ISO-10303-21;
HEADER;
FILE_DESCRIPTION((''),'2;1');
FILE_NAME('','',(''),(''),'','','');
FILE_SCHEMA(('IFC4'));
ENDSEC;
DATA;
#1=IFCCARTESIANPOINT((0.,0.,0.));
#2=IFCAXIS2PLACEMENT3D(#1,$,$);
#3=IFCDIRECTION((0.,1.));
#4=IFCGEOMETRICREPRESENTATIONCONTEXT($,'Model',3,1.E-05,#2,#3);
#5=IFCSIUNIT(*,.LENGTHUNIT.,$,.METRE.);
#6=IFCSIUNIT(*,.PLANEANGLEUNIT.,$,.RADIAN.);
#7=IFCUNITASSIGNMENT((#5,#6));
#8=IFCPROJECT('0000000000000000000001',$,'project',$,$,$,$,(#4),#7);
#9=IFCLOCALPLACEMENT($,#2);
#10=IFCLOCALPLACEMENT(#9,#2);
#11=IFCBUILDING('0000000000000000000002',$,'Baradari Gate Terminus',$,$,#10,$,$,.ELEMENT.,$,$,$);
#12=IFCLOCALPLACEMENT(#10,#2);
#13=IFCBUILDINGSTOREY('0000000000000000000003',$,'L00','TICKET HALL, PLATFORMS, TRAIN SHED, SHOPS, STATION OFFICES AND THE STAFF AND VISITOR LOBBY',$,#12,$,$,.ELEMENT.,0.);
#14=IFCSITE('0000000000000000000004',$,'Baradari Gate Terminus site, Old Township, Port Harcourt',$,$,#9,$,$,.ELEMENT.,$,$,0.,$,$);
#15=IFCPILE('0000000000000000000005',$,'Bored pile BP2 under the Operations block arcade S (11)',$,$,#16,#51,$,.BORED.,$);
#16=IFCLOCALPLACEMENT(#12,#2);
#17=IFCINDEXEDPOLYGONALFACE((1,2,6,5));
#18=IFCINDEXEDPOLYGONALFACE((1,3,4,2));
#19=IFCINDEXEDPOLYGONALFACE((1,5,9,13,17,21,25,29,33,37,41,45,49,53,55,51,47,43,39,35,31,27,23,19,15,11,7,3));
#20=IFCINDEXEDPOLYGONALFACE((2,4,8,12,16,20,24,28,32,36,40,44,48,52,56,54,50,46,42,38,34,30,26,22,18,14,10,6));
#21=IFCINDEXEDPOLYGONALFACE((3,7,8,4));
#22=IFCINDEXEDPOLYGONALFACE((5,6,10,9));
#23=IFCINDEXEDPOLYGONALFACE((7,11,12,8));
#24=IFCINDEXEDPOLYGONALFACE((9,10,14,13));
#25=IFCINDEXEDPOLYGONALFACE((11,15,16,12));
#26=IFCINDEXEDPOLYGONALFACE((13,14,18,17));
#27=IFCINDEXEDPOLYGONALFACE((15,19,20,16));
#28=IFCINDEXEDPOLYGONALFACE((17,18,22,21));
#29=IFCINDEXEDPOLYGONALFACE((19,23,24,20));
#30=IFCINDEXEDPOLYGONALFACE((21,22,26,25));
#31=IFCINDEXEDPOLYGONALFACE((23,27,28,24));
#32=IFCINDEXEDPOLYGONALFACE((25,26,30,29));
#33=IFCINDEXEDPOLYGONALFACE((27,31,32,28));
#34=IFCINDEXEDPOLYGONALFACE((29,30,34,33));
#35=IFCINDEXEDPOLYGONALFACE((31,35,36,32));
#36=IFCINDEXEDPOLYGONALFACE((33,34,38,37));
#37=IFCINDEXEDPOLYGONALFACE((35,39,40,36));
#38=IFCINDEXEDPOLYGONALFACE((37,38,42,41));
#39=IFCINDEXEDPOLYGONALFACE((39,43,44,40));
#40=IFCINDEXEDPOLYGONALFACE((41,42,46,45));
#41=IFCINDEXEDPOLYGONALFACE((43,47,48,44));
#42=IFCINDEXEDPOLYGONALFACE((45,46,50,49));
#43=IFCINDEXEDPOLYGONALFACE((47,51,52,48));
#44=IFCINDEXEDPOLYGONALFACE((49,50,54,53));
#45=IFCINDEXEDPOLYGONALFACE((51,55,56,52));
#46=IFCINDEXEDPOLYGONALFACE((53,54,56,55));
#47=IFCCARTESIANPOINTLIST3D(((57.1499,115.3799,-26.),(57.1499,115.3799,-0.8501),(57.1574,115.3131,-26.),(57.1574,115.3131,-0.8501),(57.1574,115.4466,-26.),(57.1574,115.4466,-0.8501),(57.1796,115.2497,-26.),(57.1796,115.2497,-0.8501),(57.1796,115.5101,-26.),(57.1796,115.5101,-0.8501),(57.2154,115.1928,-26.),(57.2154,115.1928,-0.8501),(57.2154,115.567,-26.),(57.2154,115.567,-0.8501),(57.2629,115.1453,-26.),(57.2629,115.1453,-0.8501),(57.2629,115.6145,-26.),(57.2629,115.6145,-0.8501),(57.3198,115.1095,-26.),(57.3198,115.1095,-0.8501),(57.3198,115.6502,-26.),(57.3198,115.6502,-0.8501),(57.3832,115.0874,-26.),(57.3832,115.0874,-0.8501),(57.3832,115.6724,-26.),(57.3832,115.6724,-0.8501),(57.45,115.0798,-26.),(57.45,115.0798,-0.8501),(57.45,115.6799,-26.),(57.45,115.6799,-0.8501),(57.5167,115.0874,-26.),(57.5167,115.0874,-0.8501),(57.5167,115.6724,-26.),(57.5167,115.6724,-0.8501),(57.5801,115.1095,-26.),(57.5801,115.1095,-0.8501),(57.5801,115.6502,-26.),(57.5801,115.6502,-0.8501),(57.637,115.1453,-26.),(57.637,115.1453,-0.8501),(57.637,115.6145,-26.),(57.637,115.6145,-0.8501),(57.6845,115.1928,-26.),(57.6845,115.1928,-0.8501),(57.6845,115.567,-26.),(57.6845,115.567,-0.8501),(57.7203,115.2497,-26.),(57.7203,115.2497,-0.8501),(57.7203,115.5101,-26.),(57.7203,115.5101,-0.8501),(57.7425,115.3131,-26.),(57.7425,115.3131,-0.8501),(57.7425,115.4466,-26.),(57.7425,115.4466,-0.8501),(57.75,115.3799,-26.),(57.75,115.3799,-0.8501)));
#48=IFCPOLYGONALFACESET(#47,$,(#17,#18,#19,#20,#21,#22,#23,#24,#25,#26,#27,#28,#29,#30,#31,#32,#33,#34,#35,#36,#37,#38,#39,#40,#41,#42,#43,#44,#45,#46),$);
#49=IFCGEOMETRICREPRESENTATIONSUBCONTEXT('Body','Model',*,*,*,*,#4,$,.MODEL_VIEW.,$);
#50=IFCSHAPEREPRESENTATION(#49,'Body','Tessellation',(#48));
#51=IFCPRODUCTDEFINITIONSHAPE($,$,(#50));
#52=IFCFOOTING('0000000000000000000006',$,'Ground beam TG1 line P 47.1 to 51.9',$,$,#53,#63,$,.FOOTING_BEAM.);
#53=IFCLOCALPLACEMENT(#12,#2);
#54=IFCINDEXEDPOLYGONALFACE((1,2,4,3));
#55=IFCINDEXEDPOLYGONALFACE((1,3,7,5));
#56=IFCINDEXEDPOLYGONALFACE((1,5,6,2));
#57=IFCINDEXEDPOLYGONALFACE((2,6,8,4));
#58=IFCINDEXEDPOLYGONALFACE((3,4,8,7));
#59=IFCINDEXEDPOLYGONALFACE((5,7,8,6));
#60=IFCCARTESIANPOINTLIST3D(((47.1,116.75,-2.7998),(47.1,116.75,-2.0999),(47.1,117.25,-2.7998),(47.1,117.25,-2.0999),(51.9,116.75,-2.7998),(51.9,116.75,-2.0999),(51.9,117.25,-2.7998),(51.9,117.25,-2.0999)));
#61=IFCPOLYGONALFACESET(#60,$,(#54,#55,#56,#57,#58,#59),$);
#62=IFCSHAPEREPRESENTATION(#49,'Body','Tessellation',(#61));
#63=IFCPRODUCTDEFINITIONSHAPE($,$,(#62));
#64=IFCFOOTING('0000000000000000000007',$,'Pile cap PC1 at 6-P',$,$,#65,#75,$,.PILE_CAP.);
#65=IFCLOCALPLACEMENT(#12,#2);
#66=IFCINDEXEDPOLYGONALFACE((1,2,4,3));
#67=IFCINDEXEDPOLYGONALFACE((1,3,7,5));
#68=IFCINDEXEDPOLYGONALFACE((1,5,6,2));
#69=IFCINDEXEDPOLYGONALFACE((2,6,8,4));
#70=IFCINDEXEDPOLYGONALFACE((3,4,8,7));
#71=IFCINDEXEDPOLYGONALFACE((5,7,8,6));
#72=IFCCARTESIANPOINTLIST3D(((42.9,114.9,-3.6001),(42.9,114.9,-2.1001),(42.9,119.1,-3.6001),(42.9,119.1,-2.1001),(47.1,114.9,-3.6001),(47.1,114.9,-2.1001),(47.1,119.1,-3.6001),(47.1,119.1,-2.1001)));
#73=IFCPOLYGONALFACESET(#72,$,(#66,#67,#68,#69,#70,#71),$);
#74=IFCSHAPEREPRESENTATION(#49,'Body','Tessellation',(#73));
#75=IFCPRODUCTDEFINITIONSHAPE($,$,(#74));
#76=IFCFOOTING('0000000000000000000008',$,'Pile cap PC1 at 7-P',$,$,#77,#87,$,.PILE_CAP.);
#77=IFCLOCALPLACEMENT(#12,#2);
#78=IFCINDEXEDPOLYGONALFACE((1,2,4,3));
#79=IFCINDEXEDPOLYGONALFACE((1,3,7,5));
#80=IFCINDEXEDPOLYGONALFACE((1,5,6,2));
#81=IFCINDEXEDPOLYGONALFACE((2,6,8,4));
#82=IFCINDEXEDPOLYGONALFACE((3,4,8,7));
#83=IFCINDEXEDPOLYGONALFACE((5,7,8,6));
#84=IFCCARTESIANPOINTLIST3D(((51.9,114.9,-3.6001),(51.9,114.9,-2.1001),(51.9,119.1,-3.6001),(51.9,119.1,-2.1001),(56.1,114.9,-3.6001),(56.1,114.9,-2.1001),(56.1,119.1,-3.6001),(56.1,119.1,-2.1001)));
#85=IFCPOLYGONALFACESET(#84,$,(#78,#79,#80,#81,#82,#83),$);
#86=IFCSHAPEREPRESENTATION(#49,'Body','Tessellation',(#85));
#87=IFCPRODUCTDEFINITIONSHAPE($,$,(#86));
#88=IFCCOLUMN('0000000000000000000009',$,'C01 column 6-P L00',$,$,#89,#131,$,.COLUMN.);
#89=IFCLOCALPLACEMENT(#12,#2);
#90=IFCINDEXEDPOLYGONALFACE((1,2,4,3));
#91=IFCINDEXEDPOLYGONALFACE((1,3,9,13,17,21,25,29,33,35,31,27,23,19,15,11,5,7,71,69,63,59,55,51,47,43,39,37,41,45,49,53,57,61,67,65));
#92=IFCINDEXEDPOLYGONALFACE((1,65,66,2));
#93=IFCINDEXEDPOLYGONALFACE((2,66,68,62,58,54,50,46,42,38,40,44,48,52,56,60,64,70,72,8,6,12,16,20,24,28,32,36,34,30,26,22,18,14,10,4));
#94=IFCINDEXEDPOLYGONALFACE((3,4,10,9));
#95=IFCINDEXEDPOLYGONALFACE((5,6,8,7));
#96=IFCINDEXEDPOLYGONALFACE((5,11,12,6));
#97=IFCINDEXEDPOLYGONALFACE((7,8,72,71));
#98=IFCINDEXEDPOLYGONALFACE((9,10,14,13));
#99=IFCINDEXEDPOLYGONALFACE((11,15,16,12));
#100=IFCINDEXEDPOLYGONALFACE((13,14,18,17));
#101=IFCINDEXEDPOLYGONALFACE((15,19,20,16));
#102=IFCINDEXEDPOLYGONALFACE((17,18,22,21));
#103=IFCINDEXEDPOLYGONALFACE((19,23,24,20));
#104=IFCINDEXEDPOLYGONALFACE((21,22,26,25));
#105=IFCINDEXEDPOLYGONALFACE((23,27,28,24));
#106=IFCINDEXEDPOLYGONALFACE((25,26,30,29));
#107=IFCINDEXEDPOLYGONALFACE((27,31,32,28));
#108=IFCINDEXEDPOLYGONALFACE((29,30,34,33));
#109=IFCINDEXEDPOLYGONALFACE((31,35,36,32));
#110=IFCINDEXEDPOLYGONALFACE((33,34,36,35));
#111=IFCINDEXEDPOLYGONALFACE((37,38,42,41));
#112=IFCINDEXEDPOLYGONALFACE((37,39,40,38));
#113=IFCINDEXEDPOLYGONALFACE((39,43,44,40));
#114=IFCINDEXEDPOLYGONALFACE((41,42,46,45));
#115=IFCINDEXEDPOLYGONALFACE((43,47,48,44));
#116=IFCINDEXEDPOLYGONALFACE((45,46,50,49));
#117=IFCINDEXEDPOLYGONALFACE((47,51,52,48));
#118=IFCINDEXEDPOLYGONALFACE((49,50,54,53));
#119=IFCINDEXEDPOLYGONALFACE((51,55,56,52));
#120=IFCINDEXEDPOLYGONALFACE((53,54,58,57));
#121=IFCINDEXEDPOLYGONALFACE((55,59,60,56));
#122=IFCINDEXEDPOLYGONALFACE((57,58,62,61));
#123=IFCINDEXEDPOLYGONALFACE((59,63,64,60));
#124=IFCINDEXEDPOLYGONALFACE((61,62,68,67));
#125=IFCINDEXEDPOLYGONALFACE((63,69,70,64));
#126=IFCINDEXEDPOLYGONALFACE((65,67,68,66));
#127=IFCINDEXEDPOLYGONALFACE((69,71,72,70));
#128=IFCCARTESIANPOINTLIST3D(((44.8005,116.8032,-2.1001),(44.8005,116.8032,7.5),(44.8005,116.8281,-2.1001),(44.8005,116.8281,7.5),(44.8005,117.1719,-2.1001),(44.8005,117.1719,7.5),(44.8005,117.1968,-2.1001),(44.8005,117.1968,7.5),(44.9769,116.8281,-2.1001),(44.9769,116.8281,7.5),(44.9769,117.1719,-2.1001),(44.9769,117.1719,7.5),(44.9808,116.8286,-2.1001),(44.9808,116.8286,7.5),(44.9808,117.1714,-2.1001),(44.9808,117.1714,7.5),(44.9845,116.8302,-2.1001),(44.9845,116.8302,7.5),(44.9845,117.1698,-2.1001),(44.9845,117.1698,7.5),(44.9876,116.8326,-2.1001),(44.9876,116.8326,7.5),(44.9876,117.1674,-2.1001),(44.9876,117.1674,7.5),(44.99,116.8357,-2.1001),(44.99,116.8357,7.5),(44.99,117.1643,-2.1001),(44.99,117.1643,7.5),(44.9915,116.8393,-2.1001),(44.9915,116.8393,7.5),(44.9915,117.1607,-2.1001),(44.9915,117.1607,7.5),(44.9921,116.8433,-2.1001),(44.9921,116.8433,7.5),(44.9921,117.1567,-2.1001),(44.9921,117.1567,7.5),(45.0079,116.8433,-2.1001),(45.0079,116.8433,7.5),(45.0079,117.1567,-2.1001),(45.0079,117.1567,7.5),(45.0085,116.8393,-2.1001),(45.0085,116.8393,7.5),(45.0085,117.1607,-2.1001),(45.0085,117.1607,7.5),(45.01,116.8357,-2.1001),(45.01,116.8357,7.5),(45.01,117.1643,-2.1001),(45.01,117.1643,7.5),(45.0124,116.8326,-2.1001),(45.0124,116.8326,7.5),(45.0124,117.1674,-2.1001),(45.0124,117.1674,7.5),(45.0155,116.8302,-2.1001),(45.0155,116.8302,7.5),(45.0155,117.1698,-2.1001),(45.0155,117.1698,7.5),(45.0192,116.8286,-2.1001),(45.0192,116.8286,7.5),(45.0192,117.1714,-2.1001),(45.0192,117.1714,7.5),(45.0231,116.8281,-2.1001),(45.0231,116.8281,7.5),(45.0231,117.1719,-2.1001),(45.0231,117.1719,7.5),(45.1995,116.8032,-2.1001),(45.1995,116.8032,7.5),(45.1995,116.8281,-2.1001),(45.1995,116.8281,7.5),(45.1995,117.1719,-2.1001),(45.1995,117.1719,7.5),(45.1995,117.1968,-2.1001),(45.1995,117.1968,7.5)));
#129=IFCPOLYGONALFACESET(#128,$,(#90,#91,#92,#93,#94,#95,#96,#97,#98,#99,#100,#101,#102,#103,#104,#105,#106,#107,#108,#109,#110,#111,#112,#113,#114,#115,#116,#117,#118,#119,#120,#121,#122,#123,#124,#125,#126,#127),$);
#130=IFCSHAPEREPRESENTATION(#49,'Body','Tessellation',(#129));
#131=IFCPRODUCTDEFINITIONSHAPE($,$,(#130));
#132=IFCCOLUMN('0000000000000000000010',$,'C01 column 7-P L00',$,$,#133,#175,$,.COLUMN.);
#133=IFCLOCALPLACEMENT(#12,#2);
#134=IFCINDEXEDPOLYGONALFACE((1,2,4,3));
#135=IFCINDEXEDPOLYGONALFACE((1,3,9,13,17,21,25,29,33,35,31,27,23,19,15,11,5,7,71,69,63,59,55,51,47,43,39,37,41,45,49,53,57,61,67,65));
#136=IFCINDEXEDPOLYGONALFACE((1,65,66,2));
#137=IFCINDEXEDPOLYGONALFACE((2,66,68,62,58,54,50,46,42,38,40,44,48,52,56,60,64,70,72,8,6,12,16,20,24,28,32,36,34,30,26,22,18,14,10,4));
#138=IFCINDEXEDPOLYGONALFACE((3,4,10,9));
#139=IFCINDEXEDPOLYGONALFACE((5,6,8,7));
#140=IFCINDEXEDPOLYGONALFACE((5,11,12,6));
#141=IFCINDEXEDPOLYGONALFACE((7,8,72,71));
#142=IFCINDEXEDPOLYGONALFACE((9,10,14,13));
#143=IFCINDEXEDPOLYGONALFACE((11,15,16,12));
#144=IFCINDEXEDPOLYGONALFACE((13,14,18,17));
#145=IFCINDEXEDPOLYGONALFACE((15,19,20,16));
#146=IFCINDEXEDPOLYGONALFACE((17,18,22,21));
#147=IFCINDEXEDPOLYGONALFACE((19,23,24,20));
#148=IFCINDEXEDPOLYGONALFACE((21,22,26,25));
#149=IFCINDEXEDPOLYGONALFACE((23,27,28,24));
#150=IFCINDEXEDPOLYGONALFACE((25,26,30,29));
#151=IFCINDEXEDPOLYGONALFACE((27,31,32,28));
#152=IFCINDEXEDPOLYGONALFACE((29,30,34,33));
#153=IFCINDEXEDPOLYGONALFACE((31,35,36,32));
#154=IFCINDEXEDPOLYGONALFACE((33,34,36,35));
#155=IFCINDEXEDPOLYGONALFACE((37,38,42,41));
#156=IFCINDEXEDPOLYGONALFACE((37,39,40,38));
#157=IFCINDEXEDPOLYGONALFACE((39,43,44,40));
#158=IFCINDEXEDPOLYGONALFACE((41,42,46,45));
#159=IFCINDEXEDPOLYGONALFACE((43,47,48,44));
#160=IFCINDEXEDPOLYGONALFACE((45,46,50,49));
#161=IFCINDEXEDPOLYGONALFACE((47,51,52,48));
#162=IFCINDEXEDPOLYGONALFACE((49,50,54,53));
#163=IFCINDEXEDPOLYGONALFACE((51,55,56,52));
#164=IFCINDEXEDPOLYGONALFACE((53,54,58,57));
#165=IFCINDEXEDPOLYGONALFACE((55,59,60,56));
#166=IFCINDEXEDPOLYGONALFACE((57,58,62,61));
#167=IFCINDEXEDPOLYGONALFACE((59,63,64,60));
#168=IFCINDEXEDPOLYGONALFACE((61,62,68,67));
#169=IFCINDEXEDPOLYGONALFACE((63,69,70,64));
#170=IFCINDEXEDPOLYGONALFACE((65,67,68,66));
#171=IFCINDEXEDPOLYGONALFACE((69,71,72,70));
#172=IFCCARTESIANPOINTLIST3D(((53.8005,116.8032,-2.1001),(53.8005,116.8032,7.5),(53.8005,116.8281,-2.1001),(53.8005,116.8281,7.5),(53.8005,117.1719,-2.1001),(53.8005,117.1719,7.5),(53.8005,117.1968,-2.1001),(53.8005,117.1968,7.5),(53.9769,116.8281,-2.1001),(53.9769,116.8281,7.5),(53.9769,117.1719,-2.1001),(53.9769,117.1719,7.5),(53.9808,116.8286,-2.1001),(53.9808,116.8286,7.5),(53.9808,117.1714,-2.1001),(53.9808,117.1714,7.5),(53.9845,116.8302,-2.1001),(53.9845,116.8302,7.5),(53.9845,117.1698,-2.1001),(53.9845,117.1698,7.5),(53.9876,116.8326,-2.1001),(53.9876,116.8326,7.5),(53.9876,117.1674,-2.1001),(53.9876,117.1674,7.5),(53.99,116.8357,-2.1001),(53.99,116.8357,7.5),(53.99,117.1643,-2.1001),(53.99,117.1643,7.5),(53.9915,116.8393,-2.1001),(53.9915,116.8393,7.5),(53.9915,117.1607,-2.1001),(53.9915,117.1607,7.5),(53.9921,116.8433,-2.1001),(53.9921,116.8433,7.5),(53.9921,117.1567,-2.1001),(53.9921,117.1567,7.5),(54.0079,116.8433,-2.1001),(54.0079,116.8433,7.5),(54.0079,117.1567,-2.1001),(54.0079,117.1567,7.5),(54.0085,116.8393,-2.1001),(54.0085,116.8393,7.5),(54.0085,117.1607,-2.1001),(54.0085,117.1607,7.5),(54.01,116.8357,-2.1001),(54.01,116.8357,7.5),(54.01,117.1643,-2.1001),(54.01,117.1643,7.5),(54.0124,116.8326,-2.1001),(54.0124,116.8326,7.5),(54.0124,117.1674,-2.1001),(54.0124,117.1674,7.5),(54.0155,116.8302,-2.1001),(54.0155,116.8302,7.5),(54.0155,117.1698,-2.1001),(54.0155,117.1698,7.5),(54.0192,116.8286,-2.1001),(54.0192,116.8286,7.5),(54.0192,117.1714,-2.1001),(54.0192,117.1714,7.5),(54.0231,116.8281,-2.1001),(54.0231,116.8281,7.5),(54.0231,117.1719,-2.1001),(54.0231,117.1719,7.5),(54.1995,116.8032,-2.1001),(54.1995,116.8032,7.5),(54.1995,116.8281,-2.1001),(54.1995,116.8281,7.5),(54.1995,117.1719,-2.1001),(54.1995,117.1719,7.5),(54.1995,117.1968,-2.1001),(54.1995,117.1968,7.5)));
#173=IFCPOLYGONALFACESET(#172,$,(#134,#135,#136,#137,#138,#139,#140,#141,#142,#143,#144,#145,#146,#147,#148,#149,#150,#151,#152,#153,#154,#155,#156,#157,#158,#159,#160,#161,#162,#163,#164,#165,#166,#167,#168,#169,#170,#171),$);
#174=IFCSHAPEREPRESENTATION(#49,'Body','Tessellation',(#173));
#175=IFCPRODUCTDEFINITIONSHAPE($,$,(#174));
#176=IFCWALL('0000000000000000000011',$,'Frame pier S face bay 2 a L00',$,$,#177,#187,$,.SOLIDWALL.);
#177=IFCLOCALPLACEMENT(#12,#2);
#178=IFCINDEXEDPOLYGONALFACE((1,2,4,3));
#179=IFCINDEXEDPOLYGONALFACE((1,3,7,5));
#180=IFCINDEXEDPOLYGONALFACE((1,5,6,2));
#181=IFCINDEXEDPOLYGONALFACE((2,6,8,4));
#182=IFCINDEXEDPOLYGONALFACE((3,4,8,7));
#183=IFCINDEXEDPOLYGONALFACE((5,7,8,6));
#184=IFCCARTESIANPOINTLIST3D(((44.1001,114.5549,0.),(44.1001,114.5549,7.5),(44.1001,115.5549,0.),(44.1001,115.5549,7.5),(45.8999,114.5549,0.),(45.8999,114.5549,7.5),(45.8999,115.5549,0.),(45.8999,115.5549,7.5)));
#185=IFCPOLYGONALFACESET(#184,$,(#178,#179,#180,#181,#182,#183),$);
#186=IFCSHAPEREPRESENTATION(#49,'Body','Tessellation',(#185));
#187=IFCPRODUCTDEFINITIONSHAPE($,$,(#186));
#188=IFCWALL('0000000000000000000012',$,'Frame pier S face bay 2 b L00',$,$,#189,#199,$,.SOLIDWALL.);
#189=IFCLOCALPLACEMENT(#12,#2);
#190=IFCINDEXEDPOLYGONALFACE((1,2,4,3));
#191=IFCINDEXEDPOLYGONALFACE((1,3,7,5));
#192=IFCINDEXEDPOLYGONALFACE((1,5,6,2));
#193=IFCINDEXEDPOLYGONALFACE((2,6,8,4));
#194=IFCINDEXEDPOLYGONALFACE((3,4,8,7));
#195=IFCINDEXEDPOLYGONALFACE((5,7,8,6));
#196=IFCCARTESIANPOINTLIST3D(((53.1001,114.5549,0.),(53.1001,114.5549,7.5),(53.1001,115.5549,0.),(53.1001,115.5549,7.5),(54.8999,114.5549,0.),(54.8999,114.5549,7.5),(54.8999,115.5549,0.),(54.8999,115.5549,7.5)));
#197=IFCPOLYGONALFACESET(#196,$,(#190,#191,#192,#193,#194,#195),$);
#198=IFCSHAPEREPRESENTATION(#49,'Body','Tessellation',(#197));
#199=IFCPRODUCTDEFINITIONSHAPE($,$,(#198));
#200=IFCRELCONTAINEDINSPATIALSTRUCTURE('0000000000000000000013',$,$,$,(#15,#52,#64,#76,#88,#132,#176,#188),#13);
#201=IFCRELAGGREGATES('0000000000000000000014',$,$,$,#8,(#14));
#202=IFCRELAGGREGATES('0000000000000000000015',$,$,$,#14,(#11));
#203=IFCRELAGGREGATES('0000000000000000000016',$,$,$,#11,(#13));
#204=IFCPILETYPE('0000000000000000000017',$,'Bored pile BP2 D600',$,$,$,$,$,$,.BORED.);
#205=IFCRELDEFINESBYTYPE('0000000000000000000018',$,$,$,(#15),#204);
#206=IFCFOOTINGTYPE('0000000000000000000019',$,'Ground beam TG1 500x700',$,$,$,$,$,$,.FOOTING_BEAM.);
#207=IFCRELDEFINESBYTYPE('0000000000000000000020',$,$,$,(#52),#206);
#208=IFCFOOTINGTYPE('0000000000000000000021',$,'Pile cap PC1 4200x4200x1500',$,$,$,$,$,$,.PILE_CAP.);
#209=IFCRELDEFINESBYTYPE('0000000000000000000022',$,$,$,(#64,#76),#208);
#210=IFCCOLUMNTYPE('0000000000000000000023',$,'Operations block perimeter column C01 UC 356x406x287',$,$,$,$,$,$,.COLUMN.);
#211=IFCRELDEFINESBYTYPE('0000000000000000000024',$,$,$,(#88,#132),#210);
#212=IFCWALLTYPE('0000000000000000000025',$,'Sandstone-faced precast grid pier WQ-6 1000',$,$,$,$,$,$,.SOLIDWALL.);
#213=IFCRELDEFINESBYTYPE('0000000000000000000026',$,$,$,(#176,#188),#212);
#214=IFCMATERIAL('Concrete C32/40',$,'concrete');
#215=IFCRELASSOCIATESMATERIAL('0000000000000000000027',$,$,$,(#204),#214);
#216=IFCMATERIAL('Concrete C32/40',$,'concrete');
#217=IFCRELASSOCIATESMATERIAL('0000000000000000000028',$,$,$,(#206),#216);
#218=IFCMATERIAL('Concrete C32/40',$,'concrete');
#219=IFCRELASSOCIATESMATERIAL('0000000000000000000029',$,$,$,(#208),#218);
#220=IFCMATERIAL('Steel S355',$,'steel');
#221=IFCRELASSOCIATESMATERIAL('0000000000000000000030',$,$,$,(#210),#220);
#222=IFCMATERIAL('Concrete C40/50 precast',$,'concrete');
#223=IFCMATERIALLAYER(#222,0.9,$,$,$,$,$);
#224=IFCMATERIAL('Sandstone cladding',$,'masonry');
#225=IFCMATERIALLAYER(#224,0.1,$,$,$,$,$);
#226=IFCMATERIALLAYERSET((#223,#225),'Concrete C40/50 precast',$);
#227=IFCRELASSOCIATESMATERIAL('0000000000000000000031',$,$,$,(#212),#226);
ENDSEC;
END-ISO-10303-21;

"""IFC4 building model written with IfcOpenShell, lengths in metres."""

from ifc_helpers import new_model, si_unit, direction, frame, frame_2d, origin, origin_2d, place, context, subcontext, project, spatial, rectangle, circle, i_section, extrude, material, layer, layer_set, material_profile, profile_set, type_object, element, save


model = new_model("IFC4")

# Units and contexts
model_context = context("Model", 3, precision=1e-05, world=origin(), true_north=direction((0.0, 1.0)))
body_context = subcontext(model_context, "Body", "Model", "MODEL_VIEW")
ifc_project = project(units=[si_unit("LENGTHUNIT", "METRE"), si_unit("PLANEANGLEUNIT", "RADIAN")], contexts=[model_context])

# Site, building, storey
site_placement = place(None, origin())
site = spatial("IfcSite", under=ifc_project, at=site_placement, Name="Baradari Gate Terminus site, Old Township, Port Harcourt", CompositionType="ELEMENT", RefElevation=0.0)
building_placement = place(site_placement, origin())
building = spatial("IfcBuilding", under=site, at=building_placement, Name="Baradari Gate Terminus", CompositionType="ELEMENT")
storey_placement = place(building_placement, origin())
storey = spatial("IfcBuildingStorey", under=building, at=storey_placement, Name="L00", Description="TICKET HALL, PLATFORMS, TRAIN SHED, SHOPS, STATION OFFICES AND THE STAFF AND VISITOR LOBBY", CompositionType="ELEMENT", Elevation=0.0)

# Pile
ifc_material_1 = material(Name="Concrete C32/40", Category="concrete")
pile_type_1 = type_object("IfcPileType", Name="Bored pile BP2 D600", PredefinedType="BORED", material=ifc_material_1)
for number, where, z_axis, x_axis, name in (
    (1, (57.45, 115.3799, -0.8501), (0.0, 0.0, -1.0), (1.0, 0.0, 0.0), "Bored pile BP2 under the Operations block arcade S (11)"),
):
    element("IfcPile", number, at=place(storey_placement, frame(where, z_axis=z_axis, x_axis=x_axis)), inside=storey, type_object=pile_type_1, Name=name, PredefinedType="BORED", context=body_context, shape_type="SweptSolid", body=[
        extrude(circle(Radius=0.3, at=origin_2d()), origin(), (0.0, 0.0, 1.0), 25.1499),
    ])

# Footings
ifc_material_2 = material(Name="Concrete C32/40", Category="concrete")
footing_type_1 = type_object("IfcFootingType", Name="Ground beam TG1 500x700", PredefinedType="FOOTING_BEAM", material=ifc_material_2)
footing_placement = place(storey_placement, frame((49.5, 117.0, -2.7998), z_axis=(0.0, 0.0, 1.0), x_axis=(1.0, 0.0, 0.0)))
element("IfcFooting", 2, at=footing_placement, inside=storey, type_object=footing_type_1, Name="Ground beam TG1 line P 47.1 to 51.9", PredefinedType="FOOTING_BEAM", context=body_context, shape_type="SweptSolid", body=[
    extrude(rectangle(XDim=4.8, YDim=0.5, at=origin_2d()), origin(), (0.0, 0.0, 1.0), 0.7),
])
ifc_material_3 = material(Name="Concrete C32/40", Category="concrete")
footing_type_2 = type_object("IfcFootingType", Name="Pile cap PC1 4200x4200x1500", PredefinedType="PILE_CAP", material=ifc_material_3)
for number, where, z_axis, x_axis, name in (
    (3, (45.0, 117.0, -3.6001), (0.0, 0.0, 1.0), (1.0, 0.0, 0.0), "Pile cap PC1 at 6-P"),
    (4, (54.0, 117.0, -3.6001), (0.0, 0.0, 1.0), (1.0, 0.0, 0.0), "Pile cap PC1 at 7-P"),
):
    element("IfcFooting", number, at=place(storey_placement, frame(where, z_axis=z_axis, x_axis=x_axis)), inside=storey, type_object=footing_type_2, Name=name, PredefinedType="PILE_CAP", context=body_context, shape_type="SweptSolid", body=[
        extrude(rectangle(XDim=4.2, YDim=4.2, at=origin_2d()), origin(), (0.0, 0.0, 1.0), 1.5),
    ])

# Columns
ifc_material_4 = material(Name="Steel S355", Category="steel")
ifc_material_profile = material_profile(ifc_material_4, i_section(OverallWidth=0.3989, OverallDepth=0.3936, WebThickness=0.0159, FlangeThickness=0.0249, FilletRadius=0.0151, at=origin_2d()), Name="UC 356x406x287")
ifc_profile_set = profile_set([ifc_material_profile], Name="Steel S355")
column_type = type_object("IfcColumnType", Name="Operations block perimeter column C01 UC 356x406x287", PredefinedType="COLUMN", material=ifc_profile_set)
for number, where, z_axis, x_axis, name in (
    (5, (45.0, 117.0, -2.1001), (0.0, 0.0, 1.0), (1.0, 0.0, 0.0), "C01 column 6-P L00"),
    (6, (54.0, 117.0, -2.1001), (0.0, 0.0, 1.0), (1.0, 0.0, 0.0), "C01 column 7-P L00"),
):
    element("IfcColumn", number, at=place(storey_placement, frame(where, z_axis=z_axis, x_axis=x_axis)), inside=storey, type_object=column_type, Name=name, PredefinedType="COLUMN", context=body_context, shape_type="SweptSolid", body=[
        extrude(i_section(OverallWidth=0.3989, OverallDepth=0.3936, WebThickness=0.0159, FlangeThickness=0.0249, FilletRadius=0.0151, at=origin_2d()), origin(), (0.0, 0.0, 1.0), 9.6001),
    ])

# Walls
ifc_material_5 = material(Name="Concrete C40/50 precast", Category="concrete")
ifc_layer_1 = layer(ifc_material_5, 0.9)
ifc_material_6 = material(Name="Sandstone cladding", Category="masonry")
ifc_layer_2 = layer(ifc_material_6, 0.1)
ifc_layer_set_1 = layer_set([ifc_layer_1, ifc_layer_2], Name="Concrete C40/50 precast")
wall_type_1 = type_object("IfcWallType", Name="Sandstone-faced precast grid pier WQ-6 1000", PredefinedType="SOLIDWALL", material=ifc_layer_set_1)
for number, where, z_axis, x_axis, name in (
    (7, (44.1001, 115.0549, 0.0), (0.0, 0.0, 1.0), (1.0, 0.0, 0.0), "Frame pier S face bay 2 a L00"),
    (8, (53.1001, 115.0549, 0.0), (0.0, 0.0, 1.0), (1.0, 0.0, 0.0), "Frame pier S face bay 2 b L00"),
):
    element("IfcWall", number, at=place(storey_placement, frame(where, z_axis=z_axis, x_axis=x_axis)), inside=storey, type_object=wall_type_1, Name=name, PredefinedType="SOLIDWALL", context=body_context, shape_type="SweptSolid", body=[
        extrude(rectangle(XDim=1.7998, YDim=1.0, at=frame_2d((0.8999, 0.0))), origin(), (0.0, 0.0, 1.0), 7.5),
    ])

save(model, "model.ifc")
